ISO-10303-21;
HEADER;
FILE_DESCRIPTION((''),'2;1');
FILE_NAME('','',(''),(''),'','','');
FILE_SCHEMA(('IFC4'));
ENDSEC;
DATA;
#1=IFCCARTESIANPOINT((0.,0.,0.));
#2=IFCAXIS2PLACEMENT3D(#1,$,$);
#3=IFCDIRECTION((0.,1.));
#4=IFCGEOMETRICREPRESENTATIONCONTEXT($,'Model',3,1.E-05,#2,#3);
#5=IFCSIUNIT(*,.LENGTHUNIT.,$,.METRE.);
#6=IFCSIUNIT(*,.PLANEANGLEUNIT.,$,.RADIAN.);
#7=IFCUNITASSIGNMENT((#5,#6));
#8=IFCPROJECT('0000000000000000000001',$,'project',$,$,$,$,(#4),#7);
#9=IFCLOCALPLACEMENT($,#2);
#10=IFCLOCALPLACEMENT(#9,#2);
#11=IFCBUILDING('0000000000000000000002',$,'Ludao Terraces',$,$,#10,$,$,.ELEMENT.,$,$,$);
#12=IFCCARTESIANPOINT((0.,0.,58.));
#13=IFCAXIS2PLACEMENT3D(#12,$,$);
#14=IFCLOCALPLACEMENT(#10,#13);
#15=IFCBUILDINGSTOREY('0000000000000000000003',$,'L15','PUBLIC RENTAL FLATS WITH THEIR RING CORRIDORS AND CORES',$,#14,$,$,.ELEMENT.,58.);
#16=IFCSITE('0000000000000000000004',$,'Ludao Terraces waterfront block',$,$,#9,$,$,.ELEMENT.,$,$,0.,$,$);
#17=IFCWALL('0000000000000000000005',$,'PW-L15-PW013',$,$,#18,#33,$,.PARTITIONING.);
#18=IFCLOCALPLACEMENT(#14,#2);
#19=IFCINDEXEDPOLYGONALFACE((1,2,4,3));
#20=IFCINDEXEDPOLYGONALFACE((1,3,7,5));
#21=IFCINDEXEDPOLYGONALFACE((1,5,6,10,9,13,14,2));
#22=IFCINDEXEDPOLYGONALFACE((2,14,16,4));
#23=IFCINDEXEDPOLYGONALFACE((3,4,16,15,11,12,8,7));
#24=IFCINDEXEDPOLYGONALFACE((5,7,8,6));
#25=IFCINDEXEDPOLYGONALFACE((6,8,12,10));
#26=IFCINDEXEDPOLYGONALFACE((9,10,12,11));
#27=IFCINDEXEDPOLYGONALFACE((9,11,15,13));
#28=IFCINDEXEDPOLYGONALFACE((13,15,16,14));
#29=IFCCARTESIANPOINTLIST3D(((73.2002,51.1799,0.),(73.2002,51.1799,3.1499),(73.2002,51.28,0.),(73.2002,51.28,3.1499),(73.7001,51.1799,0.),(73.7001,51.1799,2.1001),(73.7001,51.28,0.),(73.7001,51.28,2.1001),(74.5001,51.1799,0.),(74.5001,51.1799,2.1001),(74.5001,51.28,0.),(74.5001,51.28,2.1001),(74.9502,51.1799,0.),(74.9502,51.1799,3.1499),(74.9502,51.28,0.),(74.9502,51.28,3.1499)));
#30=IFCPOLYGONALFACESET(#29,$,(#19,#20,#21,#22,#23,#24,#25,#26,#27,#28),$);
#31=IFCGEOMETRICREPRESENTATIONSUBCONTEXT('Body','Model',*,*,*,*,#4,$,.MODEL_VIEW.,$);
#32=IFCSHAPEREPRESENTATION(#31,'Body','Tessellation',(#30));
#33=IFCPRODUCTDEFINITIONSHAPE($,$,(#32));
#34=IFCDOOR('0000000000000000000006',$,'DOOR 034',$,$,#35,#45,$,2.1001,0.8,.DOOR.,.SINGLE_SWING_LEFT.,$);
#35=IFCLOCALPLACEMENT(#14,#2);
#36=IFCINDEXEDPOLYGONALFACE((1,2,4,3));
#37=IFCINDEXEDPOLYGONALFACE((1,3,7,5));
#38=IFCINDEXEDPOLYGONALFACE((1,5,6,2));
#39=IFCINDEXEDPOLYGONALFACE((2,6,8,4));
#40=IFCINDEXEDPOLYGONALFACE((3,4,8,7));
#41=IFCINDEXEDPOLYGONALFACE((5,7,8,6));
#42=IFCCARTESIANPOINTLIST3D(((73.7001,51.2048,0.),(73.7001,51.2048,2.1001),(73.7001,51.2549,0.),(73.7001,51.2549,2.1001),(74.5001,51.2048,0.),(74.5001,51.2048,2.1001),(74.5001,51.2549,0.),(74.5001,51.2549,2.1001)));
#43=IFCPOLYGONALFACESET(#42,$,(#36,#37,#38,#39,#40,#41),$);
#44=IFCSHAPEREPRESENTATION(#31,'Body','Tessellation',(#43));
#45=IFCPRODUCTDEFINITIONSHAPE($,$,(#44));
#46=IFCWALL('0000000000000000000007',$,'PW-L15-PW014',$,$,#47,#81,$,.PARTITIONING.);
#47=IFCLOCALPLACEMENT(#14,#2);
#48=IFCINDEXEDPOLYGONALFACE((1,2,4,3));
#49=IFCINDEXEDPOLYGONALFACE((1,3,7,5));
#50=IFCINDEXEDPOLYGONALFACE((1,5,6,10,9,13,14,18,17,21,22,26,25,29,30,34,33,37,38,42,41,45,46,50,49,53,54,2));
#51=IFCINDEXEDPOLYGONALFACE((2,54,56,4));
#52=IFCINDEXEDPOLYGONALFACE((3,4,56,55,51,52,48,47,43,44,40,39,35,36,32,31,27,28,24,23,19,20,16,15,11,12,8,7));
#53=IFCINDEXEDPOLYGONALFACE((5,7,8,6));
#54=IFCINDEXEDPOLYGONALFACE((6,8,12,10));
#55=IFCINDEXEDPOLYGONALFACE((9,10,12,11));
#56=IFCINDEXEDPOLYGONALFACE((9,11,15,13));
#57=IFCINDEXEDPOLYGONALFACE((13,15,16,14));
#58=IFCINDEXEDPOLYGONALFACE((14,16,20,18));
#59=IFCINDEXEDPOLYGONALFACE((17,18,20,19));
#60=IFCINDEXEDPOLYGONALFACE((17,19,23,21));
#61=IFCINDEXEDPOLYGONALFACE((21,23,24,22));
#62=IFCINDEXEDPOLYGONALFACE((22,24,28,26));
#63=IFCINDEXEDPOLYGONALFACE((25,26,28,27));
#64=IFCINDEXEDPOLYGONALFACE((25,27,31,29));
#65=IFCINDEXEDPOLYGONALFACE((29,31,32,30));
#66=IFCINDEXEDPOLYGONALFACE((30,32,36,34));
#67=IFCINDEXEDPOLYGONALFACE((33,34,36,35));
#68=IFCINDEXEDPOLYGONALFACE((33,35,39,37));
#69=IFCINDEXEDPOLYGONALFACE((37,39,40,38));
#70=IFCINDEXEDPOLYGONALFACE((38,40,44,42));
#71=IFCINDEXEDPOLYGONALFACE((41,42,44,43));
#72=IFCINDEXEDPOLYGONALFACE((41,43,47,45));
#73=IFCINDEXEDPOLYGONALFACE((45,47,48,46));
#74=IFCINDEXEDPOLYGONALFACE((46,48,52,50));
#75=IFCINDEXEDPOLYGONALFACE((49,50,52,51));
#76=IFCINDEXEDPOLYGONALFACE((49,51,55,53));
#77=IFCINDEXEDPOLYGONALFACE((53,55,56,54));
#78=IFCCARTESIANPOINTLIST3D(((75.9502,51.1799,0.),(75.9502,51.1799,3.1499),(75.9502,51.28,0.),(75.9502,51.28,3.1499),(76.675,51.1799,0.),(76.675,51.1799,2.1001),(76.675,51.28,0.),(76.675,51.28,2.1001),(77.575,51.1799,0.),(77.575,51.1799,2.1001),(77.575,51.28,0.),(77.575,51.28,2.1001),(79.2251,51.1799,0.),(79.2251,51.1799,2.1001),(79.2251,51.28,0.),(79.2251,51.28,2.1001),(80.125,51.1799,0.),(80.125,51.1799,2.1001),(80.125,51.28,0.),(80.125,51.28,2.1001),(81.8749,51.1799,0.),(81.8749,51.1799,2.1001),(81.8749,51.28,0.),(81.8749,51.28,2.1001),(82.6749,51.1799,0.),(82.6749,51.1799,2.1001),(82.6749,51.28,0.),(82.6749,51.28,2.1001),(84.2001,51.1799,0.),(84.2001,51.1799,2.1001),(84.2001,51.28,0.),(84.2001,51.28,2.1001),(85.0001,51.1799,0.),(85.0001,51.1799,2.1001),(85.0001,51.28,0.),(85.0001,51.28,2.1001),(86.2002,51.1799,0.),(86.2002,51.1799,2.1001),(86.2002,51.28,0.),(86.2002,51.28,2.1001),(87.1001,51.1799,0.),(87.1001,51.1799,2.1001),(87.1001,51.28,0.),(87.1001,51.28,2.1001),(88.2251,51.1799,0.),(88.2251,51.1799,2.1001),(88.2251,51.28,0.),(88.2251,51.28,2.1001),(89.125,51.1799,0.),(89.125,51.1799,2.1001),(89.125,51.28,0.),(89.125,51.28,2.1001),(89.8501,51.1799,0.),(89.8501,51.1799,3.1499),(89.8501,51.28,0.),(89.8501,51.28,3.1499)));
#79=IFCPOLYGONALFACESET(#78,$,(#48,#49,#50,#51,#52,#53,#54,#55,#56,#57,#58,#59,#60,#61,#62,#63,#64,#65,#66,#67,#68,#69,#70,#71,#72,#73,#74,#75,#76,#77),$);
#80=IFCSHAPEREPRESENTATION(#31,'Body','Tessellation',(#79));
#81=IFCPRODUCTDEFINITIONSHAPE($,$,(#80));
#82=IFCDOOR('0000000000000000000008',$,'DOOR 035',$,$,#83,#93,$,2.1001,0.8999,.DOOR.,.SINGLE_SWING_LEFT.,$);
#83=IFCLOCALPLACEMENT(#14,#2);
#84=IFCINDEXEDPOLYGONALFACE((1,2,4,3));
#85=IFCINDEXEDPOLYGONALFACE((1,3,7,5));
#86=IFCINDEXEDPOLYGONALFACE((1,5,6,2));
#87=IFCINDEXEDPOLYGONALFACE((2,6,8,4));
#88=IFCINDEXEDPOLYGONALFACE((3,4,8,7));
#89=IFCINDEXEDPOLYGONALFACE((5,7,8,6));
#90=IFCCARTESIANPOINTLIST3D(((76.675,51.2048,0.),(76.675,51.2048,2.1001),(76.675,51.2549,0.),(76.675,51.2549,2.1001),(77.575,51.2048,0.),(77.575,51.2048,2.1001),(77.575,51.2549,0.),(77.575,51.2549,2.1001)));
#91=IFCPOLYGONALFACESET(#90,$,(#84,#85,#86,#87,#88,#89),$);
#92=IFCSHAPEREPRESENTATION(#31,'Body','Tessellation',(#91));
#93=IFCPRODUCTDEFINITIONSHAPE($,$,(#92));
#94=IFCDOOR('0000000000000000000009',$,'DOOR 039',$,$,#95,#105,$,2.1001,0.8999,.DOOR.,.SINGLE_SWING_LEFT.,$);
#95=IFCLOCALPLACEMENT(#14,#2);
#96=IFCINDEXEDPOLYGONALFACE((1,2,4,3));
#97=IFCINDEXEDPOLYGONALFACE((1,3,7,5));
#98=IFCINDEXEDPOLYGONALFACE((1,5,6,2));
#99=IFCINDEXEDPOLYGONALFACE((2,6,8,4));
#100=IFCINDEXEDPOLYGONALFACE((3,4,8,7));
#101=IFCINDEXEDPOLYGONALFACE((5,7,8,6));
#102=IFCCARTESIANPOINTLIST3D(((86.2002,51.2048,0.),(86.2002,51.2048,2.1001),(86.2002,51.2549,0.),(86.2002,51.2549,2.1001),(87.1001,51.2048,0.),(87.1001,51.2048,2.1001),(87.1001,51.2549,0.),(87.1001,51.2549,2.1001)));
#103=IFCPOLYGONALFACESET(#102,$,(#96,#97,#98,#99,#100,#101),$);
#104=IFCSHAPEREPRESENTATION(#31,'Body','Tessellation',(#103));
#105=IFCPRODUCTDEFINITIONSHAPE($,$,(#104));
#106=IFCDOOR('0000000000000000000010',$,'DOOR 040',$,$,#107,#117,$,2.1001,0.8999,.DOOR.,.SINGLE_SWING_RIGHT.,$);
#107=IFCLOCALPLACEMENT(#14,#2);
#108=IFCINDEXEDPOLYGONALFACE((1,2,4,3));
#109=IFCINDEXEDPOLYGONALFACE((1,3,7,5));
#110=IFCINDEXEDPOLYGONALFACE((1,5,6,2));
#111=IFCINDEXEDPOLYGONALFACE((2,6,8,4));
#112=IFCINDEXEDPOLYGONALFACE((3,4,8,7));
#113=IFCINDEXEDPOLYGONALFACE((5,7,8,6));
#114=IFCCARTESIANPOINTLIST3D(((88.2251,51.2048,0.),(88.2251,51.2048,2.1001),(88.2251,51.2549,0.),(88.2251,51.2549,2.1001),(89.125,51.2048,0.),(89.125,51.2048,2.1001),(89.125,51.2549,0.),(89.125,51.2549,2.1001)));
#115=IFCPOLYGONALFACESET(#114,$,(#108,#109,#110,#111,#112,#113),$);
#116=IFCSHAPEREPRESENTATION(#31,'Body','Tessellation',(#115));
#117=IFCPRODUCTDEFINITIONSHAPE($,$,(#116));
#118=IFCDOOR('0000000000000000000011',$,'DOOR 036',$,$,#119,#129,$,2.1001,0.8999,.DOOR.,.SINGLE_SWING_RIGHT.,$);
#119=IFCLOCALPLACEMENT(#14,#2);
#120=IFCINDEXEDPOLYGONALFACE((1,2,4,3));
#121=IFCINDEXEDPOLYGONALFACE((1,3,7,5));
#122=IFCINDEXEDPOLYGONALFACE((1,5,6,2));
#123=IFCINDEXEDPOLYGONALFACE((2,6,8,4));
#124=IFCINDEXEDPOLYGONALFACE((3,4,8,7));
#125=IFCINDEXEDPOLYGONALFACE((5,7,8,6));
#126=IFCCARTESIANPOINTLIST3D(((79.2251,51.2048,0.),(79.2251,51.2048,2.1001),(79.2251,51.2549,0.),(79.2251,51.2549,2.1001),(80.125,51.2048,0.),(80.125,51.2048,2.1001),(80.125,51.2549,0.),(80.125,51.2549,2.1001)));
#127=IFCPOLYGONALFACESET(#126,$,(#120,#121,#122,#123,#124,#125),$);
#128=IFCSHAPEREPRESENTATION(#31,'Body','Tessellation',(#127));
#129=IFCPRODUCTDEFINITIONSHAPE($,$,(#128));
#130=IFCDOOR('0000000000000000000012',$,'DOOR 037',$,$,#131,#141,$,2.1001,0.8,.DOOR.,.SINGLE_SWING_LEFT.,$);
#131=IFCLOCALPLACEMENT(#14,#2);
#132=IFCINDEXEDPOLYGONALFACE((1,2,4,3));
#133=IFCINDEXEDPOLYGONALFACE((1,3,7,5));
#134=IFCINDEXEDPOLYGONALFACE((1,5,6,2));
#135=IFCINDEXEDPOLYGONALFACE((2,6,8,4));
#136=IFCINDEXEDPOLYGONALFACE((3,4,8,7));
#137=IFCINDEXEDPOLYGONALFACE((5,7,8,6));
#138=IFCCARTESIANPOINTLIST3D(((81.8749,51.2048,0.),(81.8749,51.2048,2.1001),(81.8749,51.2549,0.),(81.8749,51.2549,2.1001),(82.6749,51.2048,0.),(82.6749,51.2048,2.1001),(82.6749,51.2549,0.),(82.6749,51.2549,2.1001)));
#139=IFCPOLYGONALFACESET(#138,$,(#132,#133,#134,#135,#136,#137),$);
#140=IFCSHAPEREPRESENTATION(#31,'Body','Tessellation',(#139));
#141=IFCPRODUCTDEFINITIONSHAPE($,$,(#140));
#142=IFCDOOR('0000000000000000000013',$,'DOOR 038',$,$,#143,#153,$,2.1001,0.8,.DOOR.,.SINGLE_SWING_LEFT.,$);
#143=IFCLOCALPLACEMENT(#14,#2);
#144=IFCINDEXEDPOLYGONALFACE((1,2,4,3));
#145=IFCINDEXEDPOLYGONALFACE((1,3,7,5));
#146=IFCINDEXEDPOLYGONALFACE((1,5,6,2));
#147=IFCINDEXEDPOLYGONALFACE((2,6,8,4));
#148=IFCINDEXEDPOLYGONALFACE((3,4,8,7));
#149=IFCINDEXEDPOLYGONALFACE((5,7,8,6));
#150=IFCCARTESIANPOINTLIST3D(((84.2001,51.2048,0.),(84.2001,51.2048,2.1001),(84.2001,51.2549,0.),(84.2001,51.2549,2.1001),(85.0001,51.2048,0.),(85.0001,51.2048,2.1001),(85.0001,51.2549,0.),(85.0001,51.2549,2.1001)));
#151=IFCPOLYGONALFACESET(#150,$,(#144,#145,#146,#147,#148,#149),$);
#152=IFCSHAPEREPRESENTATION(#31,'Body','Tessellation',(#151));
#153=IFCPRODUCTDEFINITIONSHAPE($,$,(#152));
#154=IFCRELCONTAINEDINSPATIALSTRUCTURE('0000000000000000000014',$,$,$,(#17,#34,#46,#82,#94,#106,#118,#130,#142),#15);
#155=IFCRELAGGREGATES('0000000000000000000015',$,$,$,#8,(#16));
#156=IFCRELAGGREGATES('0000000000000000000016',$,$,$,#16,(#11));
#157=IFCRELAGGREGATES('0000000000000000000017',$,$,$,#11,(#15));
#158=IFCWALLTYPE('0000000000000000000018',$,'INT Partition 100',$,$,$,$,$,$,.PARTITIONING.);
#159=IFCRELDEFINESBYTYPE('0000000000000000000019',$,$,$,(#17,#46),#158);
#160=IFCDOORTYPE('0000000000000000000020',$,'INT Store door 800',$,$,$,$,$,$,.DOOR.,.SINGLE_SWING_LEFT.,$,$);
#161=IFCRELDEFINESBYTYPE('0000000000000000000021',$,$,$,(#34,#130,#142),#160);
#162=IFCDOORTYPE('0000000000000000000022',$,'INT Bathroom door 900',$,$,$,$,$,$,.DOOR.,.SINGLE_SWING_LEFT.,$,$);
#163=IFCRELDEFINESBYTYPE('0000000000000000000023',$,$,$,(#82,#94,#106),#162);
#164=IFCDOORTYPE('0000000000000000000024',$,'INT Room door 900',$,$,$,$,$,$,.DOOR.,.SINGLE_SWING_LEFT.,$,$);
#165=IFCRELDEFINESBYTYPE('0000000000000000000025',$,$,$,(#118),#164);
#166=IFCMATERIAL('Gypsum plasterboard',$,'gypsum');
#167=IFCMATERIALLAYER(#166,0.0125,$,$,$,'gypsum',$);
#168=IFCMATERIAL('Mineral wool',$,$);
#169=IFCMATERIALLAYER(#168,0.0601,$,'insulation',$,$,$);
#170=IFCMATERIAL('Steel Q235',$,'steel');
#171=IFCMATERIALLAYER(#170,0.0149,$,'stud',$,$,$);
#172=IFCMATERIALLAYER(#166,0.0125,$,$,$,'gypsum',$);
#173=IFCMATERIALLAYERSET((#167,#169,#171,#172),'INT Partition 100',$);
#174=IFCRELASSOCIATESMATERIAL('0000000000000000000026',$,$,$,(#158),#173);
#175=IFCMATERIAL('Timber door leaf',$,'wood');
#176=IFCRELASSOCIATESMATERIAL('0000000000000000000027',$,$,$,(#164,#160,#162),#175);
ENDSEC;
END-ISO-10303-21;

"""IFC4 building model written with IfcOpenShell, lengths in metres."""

from ifc_helpers import new_model, si_unit, direction, frame, frame_2d, origin, place, context, subcontext, project, spatial, rectangle, extrude, material, layer, layer_set, type_object, element, fill, save


model = new_model("IFC4")

# Units and contexts
model_context = context("Model", 3, precision=1e-05, world=origin(), true_north=direction((0.0, 1.0)))
body_context = subcontext(model_context, "Body", "Model", "MODEL_VIEW")
ifc_project = project(units=[si_unit("LENGTHUNIT", "METRE"), si_unit("PLANEANGLEUNIT", "RADIAN")], contexts=[model_context])

# Site, building, storey
site_placement = place(None, origin())
site = spatial("IfcSite", under=ifc_project, at=site_placement, Name="Ludao Terraces waterfront block", CompositionType="ELEMENT", RefElevation=0.0)
building_placement = place(site_placement, origin())
building = spatial("IfcBuilding", under=site, at=building_placement, Name="Ludao Terraces", CompositionType="ELEMENT")
storey_placement = place(building_placement, frame((0.0, 0.0, 58.0)))
storey = spatial("IfcBuildingStorey", under=building, at=storey_placement, Name="L15", Description="PUBLIC RENTAL FLATS WITH THEIR RING CORRIDORS AND CORES", CompositionType="ELEMENT", Elevation=58.0)

# Shared definitions
ifc_material_1 = material(Name="Gypsum plasterboard", Category="gypsum")
ifc_layer_1 = layer(ifc_material_1, 0.0125, Category="gypsum")
ifc_material_2 = material(Name="Mineral wool")
ifc_layer_2 = layer(ifc_material_2, 0.0601, Name="insulation")
ifc_material_3 = material(Name="Steel Q235", Category="steel")
ifc_layer_3 = layer(ifc_material_3, 0.0149, Name="stud")
ifc_layer_4 = layer(ifc_material_1, 0.0125, Category="gypsum")
ifc_layer_set = layer_set([ifc_layer_1, ifc_layer_2, ifc_layer_3, ifc_layer_4], Name="INT Partition 100")
wall_type = type_object("IfcWallType", Name="INT Partition 100", PredefinedType="PARTITIONING", material=ifc_layer_set)
ifc_material_4 = material(Name="Timber door leaf", Category="wood")
door_type_1 = type_object("IfcDoorType", Name="INT Room door 900", OperationType="SINGLE_SWING_LEFT", PredefinedType="DOOR", material=ifc_material_4)

# Wall, opening, door
wall_1_placement = place(storey_placement, frame((73.2002, 51.23, 0.0), z_axis=(0.0, 0.0, 1.0), x_axis=(1.0, 0.0, 0.0)))
wall_1 = element("IfcWall", 1, at=wall_1_placement, inside=storey, type_object=wall_type, Name="PW-L15-PW013", PredefinedType="PARTITIONING", context=body_context, shape_type="SweptSolid", body=[
    extrude(rectangle(XDim=1.75, YDim=0.1001, at=frame_2d((0.875, 0.0))), origin(), (0.0, 0.0, 1.0), 3.1499),
])
opening_1_placement = place(wall_1_placement, frame((0.5, 0.0, 0.0)))
opening_1 = element("IfcOpeningElement", 2, at=opening_1_placement, cuts=wall_1, PredefinedType="OPENING", context=body_context, shape_type="SweptSolid", body=[
    extrude(rectangle(XDim=0.8, YDim=2.1001, at=frame_2d((0.3999, 1.05))), frame((0.0, 0.0601, 0.0), z_axis=(0.0, -1.0, 0.0), x_axis=(1.0, 0.0, 0.0)), (0.0, 0.0, 1.0), 0.1201),
])
door_type_2 = type_object("IfcDoorType", Name="INT Store door 800", OperationType="SINGLE_SWING_LEFT", PredefinedType="DOOR", material=ifc_material_4)
door_1_placement = place(opening_1_placement, origin())
door_1 = element("IfcDoor", 3, at=door_1_placement, inside=storey, type_object=door_type_2, Name="DOOR 034", OperationType="SINGLE_SWING_LEFT", OverallHeight=2.1001, OverallWidth=0.8, PredefinedType="DOOR", context=body_context, shape_type="SweptSolid", body=[
    extrude(rectangle(XDim=0.8, YDim=2.1001, at=frame_2d((0.3999, 1.05))), frame((0.0, 0.0249, 0.0), z_axis=(0.0, -1.0, 0.0), x_axis=(1.0, 0.0, 0.0)), (0.0, 0.0, 1.0), 0.05),
])
fill(opening_1, door_1)

# Wall, openings, doors
wall_2_placement = place(storey_placement, frame((75.9502, 51.23, 0.0), z_axis=(0.0, 0.0, 1.0), x_axis=(1.0, 0.0, 0.0)))
wall_2 = element("IfcWall", 4, at=wall_2_placement, inside=storey, type_object=wall_type, Name="PW-L15-PW014", PredefinedType="PARTITIONING", context=body_context, shape_type="SweptSolid", body=[
    extrude(rectangle(XDim=13.8999, YDim=0.1001, at=frame_2d((6.95, 0.0))), origin(), (0.0, 0.0, 1.0), 3.1499),
])
opening_2_placement = place(wall_2_placement, frame((0.7249, 0.0, 0.0)))
opening_2 = element("IfcOpeningElement", 5, at=opening_2_placement, cuts=wall_2, PredefinedType="OPENING", context=body_context, shape_type="SweptSolid", body=[
    extrude(rectangle(XDim=0.8999, YDim=2.1001, at=frame_2d((0.45, 1.05))), frame((0.0, 0.0601, 0.0), z_axis=(0.0, -1.0, 0.0), x_axis=(1.0, 0.0, 0.0)), (0.0, 0.0, 1.0), 0.1201),
])
opening_3_placement = place(wall_2_placement, frame((3.2749, 0.0, 0.0)))
opening_3 = element("IfcOpeningElement", 6, at=opening_3_placement, cuts=wall_2, PredefinedType="OPENING", context=body_context, shape_type="SweptSolid", body=[
    extrude(rectangle(XDim=0.8999, YDim=2.1001, at=frame_2d((0.45, 1.05))), frame((0.0, 0.0601, 0.0), z_axis=(0.0, -1.0, 0.0), x_axis=(1.0, 0.0, 0.0)), (0.0, 0.0, 1.0), 0.1201),
])
opening_4_placement = place(wall_2_placement, frame((5.9248, 0.0, 0.0)))
opening_4 = element("IfcOpeningElement", 7, at=opening_4_placement, cuts=wall_2, PredefinedType="OPENING", context=body_context, shape_type="SweptSolid", body=[
    extrude(rectangle(XDim=0.8, YDim=2.1001, at=frame_2d((0.3999, 1.05))), frame((0.0, 0.0601, 0.0), z_axis=(0.0, -1.0, 0.0), x_axis=(1.0, 0.0, 0.0)), (0.0, 0.0, 1.0), 0.1201),
])
opening_5_placement = place(wall_2_placement, frame((8.25, 0.0, 0.0)))
opening_5 = element("IfcOpeningElement", 8, at=opening_5_placement, cuts=wall_2, PredefinedType="OPENING", context=body_context, shape_type="SweptSolid", body=[
    extrude(rectangle(XDim=0.8, YDim=2.1001, at=frame_2d((0.3999, 1.05))), frame((0.0, 0.0601, 0.0), z_axis=(0.0, -1.0, 0.0), x_axis=(1.0, 0.0, 0.0)), (0.0, 0.0, 1.0), 0.1201),
])
opening_6_placement = place(wall_2_placement, frame((10.25, 0.0, 0.0)))
opening_6 = element("IfcOpeningElement", 9, at=opening_6_placement, cuts=wall_2, PredefinedType="OPENING", context=body_context, shape_type="SweptSolid", body=[
    extrude(rectangle(XDim=0.8999, YDim=2.1001, at=frame_2d((0.45, 1.05))), frame((0.0, 0.0601, 0.0), z_axis=(0.0, -1.0, 0.0), x_axis=(1.0, 0.0, 0.0)), (0.0, 0.0, 1.0), 0.1201),
])
opening_7_placement = place(wall_2_placement, frame((12.2749, 0.0, 0.0)))
opening_7 = element("IfcOpeningElement", 10, at=opening_7_placement, cuts=wall_2, PredefinedType="OPENING", context=body_context, shape_type="SweptSolid", body=[
    extrude(rectangle(XDim=0.8999, YDim=2.1001, at=frame_2d((0.45, 1.05))), frame((0.0, 0.0601, 0.0), z_axis=(0.0, -1.0, 0.0), x_axis=(1.0, 0.0, 0.0)), (0.0, 0.0, 1.0), 0.1201),
])
door_type_3 = type_object("IfcDoorType", Name="INT Bathroom door 900", OperationType="SINGLE_SWING_LEFT", PredefinedType="DOOR", material=ifc_material_4)
door_2_placement = place(opening_2_placement, origin())
door_2 = element("IfcDoor", 11, at=door_2_placement, inside=storey, type_object=door_type_3, Name="DOOR 035", OperationType="SINGLE_SWING_LEFT", OverallHeight=2.1001, OverallWidth=0.8999, PredefinedType="DOOR", context=body_context, shape_type="SweptSolid", body=[
    extrude(rectangle(XDim=0.8999, YDim=2.1001, at=frame_2d((0.45, 1.05))), frame((0.0, 0.0249, 0.0), z_axis=(0.0, -1.0, 0.0), x_axis=(1.0, 0.0, 0.0)), (0.0, 0.0, 1.0), 0.05),
])
fill(opening_2, door_2)
door_3_placement = place(opening_6_placement, origin())
door_3 = element("IfcDoor", 12, at=door_3_placement, inside=storey, type_object=door_type_3, Name="DOOR 039", OperationType="SINGLE_SWING_LEFT", OverallHeight=2.1001, OverallWidth=0.8999, PredefinedType="DOOR", context=body_context, shape_type="SweptSolid", body=[
    extrude(rectangle(XDim=0.8999, YDim=2.1001, at=frame_2d((0.45, 1.05))), frame((0.0, 0.0249, 0.0), z_axis=(0.0, -1.0, 0.0), x_axis=(1.0, 0.0, 0.0)), (0.0, 0.0, 1.0), 0.05),
])
fill(opening_6, door_3)
door_4_placement = place(opening_7_placement, origin())
door_4 = element("IfcDoor", 13, at=door_4_placement, inside=storey, type_object=door_type_3, Name="DOOR 040", OperationType="SINGLE_SWING_RIGHT", OverallHeight=2.1001, OverallWidth=0.8999, PredefinedType="DOOR", context=body_context, shape_type="SweptSolid", body=[
    extrude(rectangle(XDim=0.8999, YDim=2.1001, at=frame_2d((0.45, 1.05))), frame((0.0, 0.0249, 0.0), z_axis=(0.0, -1.0, 0.0), x_axis=(1.0, 0.0, 0.0)), (0.0, 0.0, 1.0), 0.05),
])
fill(opening_7, door_4)
door_5_placement = place(opening_3_placement, origin())
door_5 = element("IfcDoor", 14, at=door_5_placement, inside=storey, type_object=door_type_1, Name="DOOR 036", OperationType="SINGLE_SWING_RIGHT", OverallHeight=2.1001, OverallWidth=0.8999, PredefinedType="DOOR", context=body_context, shape_type="SweptSolid", body=[
    extrude(rectangle(XDim=0.8999, YDim=2.1001, at=frame_2d((0.45, 1.05))), frame((0.0, 0.0249, 0.0), z_axis=(0.0, -1.0, 0.0), x_axis=(1.0, 0.0, 0.0)), (0.0, 0.0, 1.0), 0.05),
])
fill(opening_3, door_5)
door_6_placement = place(opening_4_placement, origin())
door_6 = element("IfcDoor", 15, at=door_6_placement, inside=storey, type_object=door_type_2, Name="DOOR 037", OperationType="SINGLE_SWING_LEFT", OverallHeight=2.1001, OverallWidth=0.8, PredefinedType="DOOR", context=body_context, shape_type="SweptSolid", body=[
    extrude(rectangle(XDim=0.8, YDim=2.1001, at=frame_2d((0.3999, 1.05))), frame((0.0, 0.0249, 0.0), z_axis=(0.0, -1.0, 0.0), x_axis=(1.0, 0.0, 0.0)), (0.0, 0.0, 1.0), 0.05),
])
fill(opening_4, door_6)
door_7_placement = place(opening_5_placement, origin())
door_7 = element("IfcDoor", 16, at=door_7_placement, inside=storey, type_object=door_type_2, Name="DOOR 038", OperationType="SINGLE_SWING_LEFT", OverallHeight=2.1001, OverallWidth=0.8, PredefinedType="DOOR", context=body_context, shape_type="SweptSolid", body=[
    extrude(rectangle(XDim=0.8, YDim=2.1001, at=frame_2d((0.3999, 1.05))), frame((0.0, 0.0249, 0.0), z_axis=(0.0, -1.0, 0.0), x_axis=(1.0, 0.0, 0.0)), (0.0, 0.0, 1.0), 0.05),
])
fill(opening_5, door_7)

save(model, "model.ifc")
